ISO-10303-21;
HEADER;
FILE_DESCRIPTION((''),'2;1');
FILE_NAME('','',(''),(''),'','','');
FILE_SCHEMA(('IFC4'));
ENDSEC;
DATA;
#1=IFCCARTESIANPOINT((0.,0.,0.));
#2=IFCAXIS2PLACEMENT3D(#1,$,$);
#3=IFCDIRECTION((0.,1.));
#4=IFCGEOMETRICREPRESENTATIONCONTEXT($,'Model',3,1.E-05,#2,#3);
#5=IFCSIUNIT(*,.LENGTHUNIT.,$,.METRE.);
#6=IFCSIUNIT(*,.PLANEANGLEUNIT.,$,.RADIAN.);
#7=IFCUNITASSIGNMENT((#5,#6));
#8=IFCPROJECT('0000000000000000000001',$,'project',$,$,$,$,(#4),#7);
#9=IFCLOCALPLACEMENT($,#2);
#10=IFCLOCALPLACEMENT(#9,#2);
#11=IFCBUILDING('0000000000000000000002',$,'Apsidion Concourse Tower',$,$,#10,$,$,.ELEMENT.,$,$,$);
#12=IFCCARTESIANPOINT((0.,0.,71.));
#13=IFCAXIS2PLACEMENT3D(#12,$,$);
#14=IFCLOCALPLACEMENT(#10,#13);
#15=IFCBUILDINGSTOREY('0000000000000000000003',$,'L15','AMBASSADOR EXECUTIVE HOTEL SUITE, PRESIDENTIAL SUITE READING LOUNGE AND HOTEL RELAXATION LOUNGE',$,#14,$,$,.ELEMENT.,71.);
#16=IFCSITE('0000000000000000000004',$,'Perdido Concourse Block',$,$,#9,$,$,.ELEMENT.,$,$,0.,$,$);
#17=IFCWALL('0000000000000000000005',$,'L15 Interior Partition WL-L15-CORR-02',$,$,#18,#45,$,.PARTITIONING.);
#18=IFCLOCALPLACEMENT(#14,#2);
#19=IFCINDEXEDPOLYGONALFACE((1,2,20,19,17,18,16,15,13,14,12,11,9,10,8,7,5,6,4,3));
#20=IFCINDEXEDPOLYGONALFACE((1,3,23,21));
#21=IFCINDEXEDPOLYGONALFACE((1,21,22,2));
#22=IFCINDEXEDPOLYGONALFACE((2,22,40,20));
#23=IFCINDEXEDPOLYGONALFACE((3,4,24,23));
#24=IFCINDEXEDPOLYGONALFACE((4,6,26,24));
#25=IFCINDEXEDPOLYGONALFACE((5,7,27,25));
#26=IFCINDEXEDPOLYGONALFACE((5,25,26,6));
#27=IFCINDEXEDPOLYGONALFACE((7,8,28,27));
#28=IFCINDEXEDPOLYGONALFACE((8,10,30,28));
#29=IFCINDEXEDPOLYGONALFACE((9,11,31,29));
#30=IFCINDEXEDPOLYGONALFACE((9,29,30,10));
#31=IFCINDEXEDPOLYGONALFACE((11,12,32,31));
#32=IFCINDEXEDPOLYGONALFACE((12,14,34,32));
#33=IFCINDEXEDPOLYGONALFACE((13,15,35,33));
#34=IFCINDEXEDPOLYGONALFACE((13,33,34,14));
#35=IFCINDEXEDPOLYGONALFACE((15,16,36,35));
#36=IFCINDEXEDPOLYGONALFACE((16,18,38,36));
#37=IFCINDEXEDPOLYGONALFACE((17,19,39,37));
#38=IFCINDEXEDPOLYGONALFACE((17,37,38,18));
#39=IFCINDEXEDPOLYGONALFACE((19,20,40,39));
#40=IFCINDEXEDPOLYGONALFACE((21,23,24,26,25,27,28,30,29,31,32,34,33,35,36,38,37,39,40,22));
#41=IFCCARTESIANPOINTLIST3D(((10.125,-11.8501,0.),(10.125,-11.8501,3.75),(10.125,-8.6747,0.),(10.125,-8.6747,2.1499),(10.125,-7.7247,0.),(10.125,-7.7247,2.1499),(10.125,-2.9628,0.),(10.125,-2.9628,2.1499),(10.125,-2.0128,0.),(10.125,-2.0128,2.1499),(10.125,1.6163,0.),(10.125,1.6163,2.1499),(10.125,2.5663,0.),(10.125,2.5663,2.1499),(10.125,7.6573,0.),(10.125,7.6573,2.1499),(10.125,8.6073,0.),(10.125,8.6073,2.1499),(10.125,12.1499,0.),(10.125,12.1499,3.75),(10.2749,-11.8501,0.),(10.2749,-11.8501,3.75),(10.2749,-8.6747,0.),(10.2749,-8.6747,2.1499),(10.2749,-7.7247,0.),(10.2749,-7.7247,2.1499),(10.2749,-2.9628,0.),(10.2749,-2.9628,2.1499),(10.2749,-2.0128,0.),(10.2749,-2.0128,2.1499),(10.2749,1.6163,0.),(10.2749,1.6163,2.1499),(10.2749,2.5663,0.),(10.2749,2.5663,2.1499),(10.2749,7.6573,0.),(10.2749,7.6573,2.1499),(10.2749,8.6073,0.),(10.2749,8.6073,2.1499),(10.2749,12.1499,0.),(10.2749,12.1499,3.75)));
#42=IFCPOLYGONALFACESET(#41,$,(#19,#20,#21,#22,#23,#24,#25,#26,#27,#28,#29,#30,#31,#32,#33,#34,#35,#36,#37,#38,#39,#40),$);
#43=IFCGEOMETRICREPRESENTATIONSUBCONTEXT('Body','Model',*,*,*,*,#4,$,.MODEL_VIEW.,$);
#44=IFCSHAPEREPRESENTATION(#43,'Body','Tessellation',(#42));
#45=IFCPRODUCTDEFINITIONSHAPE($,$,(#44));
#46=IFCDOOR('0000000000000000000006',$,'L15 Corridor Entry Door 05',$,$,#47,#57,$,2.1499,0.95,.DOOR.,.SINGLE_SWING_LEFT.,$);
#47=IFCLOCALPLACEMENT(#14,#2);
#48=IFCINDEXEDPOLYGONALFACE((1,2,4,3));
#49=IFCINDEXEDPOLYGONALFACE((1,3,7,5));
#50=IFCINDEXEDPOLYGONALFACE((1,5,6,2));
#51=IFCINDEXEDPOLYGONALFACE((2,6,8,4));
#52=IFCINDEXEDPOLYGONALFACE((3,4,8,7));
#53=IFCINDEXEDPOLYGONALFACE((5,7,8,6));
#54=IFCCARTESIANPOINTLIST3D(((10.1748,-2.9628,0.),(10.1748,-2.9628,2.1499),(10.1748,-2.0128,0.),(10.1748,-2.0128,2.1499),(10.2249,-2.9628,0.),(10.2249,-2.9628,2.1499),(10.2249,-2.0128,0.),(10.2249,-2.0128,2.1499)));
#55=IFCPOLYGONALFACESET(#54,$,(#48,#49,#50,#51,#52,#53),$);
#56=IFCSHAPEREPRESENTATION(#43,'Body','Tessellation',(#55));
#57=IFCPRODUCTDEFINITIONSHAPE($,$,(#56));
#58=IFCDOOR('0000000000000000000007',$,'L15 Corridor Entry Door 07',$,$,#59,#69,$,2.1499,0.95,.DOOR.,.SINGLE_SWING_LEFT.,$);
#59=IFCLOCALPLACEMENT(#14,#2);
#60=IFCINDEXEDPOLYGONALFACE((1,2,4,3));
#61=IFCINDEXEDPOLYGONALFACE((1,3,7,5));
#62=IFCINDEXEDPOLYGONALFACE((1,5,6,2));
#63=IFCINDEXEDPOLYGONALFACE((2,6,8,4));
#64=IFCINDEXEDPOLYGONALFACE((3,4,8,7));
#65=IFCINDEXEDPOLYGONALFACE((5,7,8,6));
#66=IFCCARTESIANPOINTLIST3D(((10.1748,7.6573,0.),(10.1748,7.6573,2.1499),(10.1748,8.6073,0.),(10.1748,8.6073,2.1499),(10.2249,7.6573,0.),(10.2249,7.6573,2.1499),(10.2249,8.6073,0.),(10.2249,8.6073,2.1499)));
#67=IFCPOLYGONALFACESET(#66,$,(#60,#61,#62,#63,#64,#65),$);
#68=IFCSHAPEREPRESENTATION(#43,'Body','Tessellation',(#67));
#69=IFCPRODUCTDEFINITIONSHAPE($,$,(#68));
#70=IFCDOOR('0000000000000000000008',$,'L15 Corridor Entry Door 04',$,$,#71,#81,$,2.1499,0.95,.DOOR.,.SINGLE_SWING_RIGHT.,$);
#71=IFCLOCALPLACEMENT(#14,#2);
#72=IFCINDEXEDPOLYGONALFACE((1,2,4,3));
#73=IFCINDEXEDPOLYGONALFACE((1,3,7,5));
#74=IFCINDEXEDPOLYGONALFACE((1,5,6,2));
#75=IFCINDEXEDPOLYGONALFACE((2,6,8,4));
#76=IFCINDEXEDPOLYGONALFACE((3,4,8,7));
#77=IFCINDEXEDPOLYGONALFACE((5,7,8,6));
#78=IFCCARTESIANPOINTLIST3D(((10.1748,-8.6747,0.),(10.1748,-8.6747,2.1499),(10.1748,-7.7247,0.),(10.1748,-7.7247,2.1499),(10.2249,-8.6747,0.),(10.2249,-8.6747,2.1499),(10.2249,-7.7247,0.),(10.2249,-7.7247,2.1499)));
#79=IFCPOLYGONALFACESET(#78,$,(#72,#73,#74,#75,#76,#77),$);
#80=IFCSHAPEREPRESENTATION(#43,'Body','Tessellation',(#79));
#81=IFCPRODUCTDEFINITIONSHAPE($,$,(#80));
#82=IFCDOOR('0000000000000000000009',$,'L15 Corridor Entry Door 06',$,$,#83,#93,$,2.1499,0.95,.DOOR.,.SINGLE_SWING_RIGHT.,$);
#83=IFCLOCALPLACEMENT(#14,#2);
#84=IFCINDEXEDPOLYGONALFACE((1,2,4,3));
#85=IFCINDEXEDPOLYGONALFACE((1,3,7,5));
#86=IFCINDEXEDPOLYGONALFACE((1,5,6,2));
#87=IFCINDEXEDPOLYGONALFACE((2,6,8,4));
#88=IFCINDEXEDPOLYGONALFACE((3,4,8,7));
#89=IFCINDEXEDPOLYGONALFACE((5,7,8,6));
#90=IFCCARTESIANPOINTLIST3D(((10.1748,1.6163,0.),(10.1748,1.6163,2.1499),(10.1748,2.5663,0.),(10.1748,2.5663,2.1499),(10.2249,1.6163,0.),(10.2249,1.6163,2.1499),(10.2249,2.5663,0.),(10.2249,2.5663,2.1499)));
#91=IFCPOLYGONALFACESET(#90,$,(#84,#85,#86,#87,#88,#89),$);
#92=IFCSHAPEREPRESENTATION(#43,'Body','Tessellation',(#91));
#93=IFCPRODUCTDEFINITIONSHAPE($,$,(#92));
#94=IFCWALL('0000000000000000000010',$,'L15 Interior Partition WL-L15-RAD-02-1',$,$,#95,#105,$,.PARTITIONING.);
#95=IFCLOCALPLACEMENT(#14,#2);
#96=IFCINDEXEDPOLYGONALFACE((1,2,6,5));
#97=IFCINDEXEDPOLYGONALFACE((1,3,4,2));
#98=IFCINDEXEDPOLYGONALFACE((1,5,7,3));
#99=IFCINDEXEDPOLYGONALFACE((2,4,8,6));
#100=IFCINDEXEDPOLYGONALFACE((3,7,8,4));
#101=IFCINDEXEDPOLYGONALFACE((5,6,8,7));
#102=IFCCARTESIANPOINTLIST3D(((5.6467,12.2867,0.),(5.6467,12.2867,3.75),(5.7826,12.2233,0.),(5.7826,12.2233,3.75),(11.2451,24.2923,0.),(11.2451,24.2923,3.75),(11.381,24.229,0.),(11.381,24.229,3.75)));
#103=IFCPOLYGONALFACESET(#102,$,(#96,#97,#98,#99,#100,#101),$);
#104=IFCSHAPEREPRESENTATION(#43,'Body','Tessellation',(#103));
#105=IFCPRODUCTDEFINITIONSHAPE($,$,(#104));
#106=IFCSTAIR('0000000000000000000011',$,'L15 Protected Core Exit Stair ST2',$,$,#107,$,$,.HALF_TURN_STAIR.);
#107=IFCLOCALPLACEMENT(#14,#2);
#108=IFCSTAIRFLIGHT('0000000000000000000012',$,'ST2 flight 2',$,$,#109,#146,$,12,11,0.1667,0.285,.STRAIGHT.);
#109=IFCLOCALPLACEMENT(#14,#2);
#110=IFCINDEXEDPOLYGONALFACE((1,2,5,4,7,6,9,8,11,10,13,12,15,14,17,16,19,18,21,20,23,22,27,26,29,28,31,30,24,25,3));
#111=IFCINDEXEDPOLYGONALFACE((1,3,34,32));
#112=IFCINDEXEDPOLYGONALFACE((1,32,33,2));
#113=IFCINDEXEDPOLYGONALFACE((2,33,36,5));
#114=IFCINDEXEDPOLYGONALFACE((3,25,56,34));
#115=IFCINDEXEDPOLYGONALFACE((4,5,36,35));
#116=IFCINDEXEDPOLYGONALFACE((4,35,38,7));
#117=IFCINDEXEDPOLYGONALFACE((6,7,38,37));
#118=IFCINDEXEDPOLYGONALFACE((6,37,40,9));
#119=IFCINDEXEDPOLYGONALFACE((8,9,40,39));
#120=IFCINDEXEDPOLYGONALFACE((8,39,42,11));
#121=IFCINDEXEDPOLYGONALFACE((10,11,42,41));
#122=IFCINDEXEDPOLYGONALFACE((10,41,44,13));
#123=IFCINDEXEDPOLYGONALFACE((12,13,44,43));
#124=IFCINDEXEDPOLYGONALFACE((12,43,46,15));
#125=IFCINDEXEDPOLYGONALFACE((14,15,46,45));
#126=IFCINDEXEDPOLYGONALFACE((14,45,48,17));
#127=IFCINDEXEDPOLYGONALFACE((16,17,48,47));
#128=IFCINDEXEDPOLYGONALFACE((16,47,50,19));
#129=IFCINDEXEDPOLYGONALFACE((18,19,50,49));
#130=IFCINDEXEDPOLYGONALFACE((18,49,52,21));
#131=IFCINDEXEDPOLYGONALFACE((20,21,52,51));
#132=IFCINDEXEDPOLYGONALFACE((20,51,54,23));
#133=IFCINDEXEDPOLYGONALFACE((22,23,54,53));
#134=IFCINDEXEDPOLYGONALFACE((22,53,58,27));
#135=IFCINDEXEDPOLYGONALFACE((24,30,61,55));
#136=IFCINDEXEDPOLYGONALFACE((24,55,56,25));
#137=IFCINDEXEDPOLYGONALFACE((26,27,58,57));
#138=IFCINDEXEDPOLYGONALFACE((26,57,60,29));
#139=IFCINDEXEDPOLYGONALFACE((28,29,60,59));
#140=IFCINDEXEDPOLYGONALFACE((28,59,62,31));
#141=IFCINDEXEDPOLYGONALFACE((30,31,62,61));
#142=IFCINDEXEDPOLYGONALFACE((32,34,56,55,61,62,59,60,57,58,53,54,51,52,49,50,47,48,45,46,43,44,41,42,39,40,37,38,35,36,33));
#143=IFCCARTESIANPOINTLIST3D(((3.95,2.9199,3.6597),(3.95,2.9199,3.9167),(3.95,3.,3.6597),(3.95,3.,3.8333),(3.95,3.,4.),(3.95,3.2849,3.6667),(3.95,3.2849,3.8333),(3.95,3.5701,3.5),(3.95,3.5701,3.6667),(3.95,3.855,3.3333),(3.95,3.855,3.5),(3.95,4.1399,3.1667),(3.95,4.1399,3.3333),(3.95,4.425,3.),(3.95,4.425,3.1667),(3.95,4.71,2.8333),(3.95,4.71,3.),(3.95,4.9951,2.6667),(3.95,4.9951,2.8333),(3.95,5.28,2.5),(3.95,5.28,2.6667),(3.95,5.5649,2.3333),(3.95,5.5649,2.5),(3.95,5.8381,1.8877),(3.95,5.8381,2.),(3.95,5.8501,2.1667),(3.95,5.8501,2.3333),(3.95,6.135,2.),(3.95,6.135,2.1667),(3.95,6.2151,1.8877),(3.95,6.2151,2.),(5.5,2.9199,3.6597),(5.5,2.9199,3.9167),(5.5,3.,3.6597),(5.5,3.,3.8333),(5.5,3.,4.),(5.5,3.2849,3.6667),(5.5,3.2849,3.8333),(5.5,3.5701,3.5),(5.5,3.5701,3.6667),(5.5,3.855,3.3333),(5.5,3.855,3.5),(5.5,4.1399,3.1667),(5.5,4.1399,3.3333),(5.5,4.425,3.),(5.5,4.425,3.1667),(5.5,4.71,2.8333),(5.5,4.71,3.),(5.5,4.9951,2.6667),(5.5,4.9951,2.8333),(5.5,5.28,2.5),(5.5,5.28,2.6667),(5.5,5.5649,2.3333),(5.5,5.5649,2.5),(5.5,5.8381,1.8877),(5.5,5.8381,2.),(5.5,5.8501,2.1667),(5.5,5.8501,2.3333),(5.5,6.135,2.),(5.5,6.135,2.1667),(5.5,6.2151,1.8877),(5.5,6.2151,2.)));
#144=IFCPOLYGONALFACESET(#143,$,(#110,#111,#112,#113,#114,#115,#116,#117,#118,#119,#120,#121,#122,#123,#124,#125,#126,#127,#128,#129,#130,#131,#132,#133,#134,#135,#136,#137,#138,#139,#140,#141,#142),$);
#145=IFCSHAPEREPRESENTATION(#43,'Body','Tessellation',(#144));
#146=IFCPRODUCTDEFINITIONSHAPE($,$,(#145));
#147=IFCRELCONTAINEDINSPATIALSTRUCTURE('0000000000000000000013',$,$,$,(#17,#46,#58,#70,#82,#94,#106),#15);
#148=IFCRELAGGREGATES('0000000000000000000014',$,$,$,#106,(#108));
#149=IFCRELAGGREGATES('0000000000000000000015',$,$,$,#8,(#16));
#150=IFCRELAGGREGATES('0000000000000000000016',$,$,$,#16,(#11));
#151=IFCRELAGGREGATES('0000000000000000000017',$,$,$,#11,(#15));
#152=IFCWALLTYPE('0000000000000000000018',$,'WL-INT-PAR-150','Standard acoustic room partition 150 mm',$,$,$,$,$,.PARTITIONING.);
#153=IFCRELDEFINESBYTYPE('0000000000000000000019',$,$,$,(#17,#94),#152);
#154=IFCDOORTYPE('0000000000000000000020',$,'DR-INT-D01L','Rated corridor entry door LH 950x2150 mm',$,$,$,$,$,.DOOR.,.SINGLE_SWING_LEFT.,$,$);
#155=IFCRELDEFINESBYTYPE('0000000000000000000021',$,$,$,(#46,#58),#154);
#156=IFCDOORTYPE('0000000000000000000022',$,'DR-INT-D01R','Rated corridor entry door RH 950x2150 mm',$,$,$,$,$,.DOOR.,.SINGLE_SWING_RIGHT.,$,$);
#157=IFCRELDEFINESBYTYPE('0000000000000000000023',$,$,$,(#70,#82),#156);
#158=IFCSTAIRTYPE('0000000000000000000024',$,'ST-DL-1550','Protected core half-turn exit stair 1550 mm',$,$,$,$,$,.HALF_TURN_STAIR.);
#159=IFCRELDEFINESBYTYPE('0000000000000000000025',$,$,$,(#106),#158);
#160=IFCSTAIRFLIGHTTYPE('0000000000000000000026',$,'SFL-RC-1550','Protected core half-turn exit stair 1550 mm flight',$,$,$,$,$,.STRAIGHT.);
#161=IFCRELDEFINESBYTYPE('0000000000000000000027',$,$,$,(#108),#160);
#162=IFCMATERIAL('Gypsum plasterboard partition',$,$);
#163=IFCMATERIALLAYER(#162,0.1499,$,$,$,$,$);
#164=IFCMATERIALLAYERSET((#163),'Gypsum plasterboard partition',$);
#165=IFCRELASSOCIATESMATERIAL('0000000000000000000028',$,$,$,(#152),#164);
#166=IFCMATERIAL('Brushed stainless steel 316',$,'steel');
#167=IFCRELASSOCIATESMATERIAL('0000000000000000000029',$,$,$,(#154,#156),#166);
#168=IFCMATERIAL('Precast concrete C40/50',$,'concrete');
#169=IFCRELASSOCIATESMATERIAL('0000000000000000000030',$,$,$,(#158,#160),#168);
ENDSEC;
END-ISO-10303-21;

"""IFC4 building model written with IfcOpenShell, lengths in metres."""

from ifc_helpers import new_model, si_unit, direction, frame, frame_2d, origin, place, context, subcontext, project, spatial, polyline, rectangle, outline, extrude, material, layer, layer_set, type_object, element, fill, aggregate, save


model = new_model("IFC4")

# Units and contexts
model_context = context("Model", 3, precision=1e-05, world=origin(), true_north=direction((0.0, 1.0)))
body_context = subcontext(model_context, "Body", "Model", "MODEL_VIEW")
ifc_project = project(units=[si_unit("LENGTHUNIT", "METRE"), si_unit("PLANEANGLEUNIT", "RADIAN")], contexts=[model_context])

# Site, building, storey
site_placement = place(None, origin())
site = spatial("IfcSite", under=ifc_project, at=site_placement, Name="Perdido Concourse Block", CompositionType="ELEMENT", RefElevation=0.0)
building_placement = place(site_placement, origin())
building = spatial("IfcBuilding", under=site, at=building_placement, Name="Apsidion Concourse Tower", CompositionType="ELEMENT")
storey_placement = place(building_placement, frame((0.0, 0.0, 71.0)))
storey = spatial("IfcBuildingStorey", under=building, at=storey_placement, Name="L15", Description="AMBASSADOR EXECUTIVE HOTEL SUITE, PRESIDENTIAL SUITE READING LOUNGE AND HOTEL RELAXATION LOUNGE", CompositionType="ELEMENT", Elevation=71.0)

# Shared definitions
ifc_material_1 = material(Name="Gypsum plasterboard partition")

# Wall, openings, doors
ifc_layer_1 = layer(ifc_material_1, 0.1499)
ifc_layer_set_1 = layer_set([ifc_layer_1], Name="Gypsum plasterboard partition")
wall_type_1 = type_object("IfcWallType", Name="WL-INT-PAR-150", Description="Standard acoustic room partition 150 mm", PredefinedType="PARTITIONING", material=ifc_layer_set_1)
wall_1_placement = place(storey_placement, frame((10.2, 12.1499, 0.0), z_axis=(0.0, 0.0, 1.0), x_axis=(0.0, -1.0, 0.0)))
wall_1 = element("IfcWall", 1, at=wall_1_placement, inside=storey, type_object=wall_type_1, Name="L15 Interior Partition WL-L15-CORR-02", PredefinedType="PARTITIONING", context=body_context, shape_type="SweptSolid", body=[
    extrude(rectangle(XDim=24.0, YDim=0.1499, at=frame_2d((12.0, 0.0))), origin(), (0.0, 0.0, 1.0), 3.75),
])
opening_1_placement = place(wall_1_placement, frame((19.8745, 0.0, 0.0)))
opening_1 = element("IfcOpeningElement", 2, at=opening_1_placement, cuts=wall_1, PredefinedType="OPENING", context=body_context, shape_type="SweptSolid", body=[
    extrude(rectangle(XDim=0.95, YDim=2.1499, at=frame_2d((0.4751, 1.075))), frame((0.0, 0.085, 0.0), z_axis=(0.0, -1.0, 0.0), x_axis=(1.0, 0.0, 0.0)), (0.0, 0.0, 1.0), 0.1699),
])
opening_2_placement = place(wall_1_placement, frame((14.1626, 0.0, 0.0)))
opening_2 = element("IfcOpeningElement", 3, at=opening_2_placement, cuts=wall_1, PredefinedType="OPENING", context=body_context, shape_type="SweptSolid", body=[
    extrude(rectangle(XDim=0.95, YDim=2.1499, at=frame_2d((0.4751, 1.075))), frame((0.0, 0.085, 0.0), z_axis=(0.0, -1.0, 0.0), x_axis=(1.0, 0.0, 0.0)), (0.0, 0.0, 1.0), 0.1699),
])
opening_3_placement = place(wall_1_placement, frame((9.5835, 0.0, 0.0)))
opening_3 = element("IfcOpeningElement", 4, at=opening_3_placement, cuts=wall_1, PredefinedType="OPENING", context=body_context, shape_type="SweptSolid", body=[
    extrude(rectangle(XDim=0.95, YDim=2.1499, at=frame_2d((0.4751, 1.075))), frame((0.0, 0.085, 0.0), z_axis=(0.0, -1.0, 0.0), x_axis=(1.0, 0.0, 0.0)), (0.0, 0.0, 1.0), 0.1699),
])
opening_4_placement = place(wall_1_placement, frame((3.5425, 0.0, 0.0)))
opening_4 = element("IfcOpeningElement", 5, at=opening_4_placement, cuts=wall_1, PredefinedType="OPENING", context=body_context, shape_type="SweptSolid", body=[
    extrude(rectangle(XDim=0.95, YDim=2.1499, at=frame_2d((0.4751, 1.075))), frame((0.0, 0.085, 0.0), z_axis=(0.0, -1.0, 0.0), x_axis=(1.0, 0.0, 0.0)), (0.0, 0.0, 1.0), 0.1699),
])
ifc_material_2 = material(Name="Brushed stainless steel 316", Category="steel")
door_type_1 = type_object("IfcDoorType", Name="DR-INT-D01L", Description="Rated corridor entry door LH 950x2150 mm", OperationType="SINGLE_SWING_LEFT", PredefinedType="DOOR", material=ifc_material_2)
door_1_placement = place(opening_2_placement, origin())
door_1 = element("IfcDoor", 6, at=door_1_placement, inside=storey, type_object=door_type_1, Name="L15 Corridor Entry Door 05", OperationType="SINGLE_SWING_LEFT", OverallHeight=2.1499, OverallWidth=0.95, PredefinedType="DOOR", context=body_context, shape_type="SweptSolid", body=[
    extrude(rectangle(XDim=0.95, YDim=2.1499, at=frame_2d((0.4751, 1.075))), frame((0.0, 0.0249, 0.0), z_axis=(0.0, -1.0, 0.0), x_axis=(1.0, 0.0, 0.0)), (0.0, 0.0, 1.0), 0.05),
])
fill(opening_2, door_1)
door_2_placement = place(opening_4_placement, origin())
door_2 = element("IfcDoor", 7, at=door_2_placement, inside=storey, type_object=door_type_1, Name="L15 Corridor Entry Door 07", OperationType="SINGLE_SWING_LEFT", OverallHeight=2.1499, OverallWidth=0.95, PredefinedType="DOOR", context=body_context, shape_type="SweptSolid", body=[
    extrude(rectangle(XDim=0.95, YDim=2.1499, at=frame_2d((0.4751, 1.075))), frame((0.0, 0.0249, 0.0), z_axis=(0.0, -1.0, 0.0), x_axis=(1.0, 0.0, 0.0)), (0.0, 0.0, 1.0), 0.05),
])
fill(opening_4, door_2)
door_type_2 = type_object("IfcDoorType", Name="DR-INT-D01R", Description="Rated corridor entry door RH 950x2150 mm", OperationType="SINGLE_SWING_RIGHT", PredefinedType="DOOR", material=ifc_material_2)
door_3_placement = place(opening_1_placement, origin())
door_3 = element("IfcDoor", 8, at=door_3_placement, inside=storey, type_object=door_type_2, Name="L15 Corridor Entry Door 04", OperationType="SINGLE_SWING_RIGHT", OverallHeight=2.1499, OverallWidth=0.95, PredefinedType="DOOR", context=body_context, shape_type="SweptSolid", body=[
    extrude(rectangle(XDim=0.95, YDim=2.1499, at=frame_2d((0.4751, 1.075))), frame((0.0, 0.0249, 0.0), z_axis=(0.0, -1.0, 0.0), x_axis=(1.0, 0.0, 0.0)), (0.0, 0.0, 1.0), 0.05),
])
fill(opening_1, door_3)
door_4_placement = place(opening_3_placement, origin())
door_4 = element("IfcDoor", 9, at=door_4_placement, inside=storey, type_object=door_type_2, Name="L15 Corridor Entry Door 06", OperationType="SINGLE_SWING_RIGHT", OverallHeight=2.1499, OverallWidth=0.95, PredefinedType="DOOR", context=body_context, shape_type="SweptSolid", body=[
    extrude(rectangle(XDim=0.95, YDim=2.1499, at=frame_2d((0.4751, 1.075))), frame((0.0, 0.0249, 0.0), z_axis=(0.0, -1.0, 0.0), x_axis=(1.0, 0.0, 0.0)), (0.0, 0.0, 1.0), 0.05),
])
fill(opening_3, door_4)

# Wall
wall_2_placement = place(storey_placement, frame((5.7146, 12.2549, 0.0), z_axis=(0.0, 0.0, 1.0), x_axis=(0.422623, 0.906306, 0.0)))
element("IfcWall", 10, at=wall_2_placement, inside=storey, type_object=wall_type_1, Name="L15 Interior Partition WL-L15-RAD-02-1", PredefinedType="PARTITIONING", context=body_context, shape_type="SweptSolid", body=[
    extrude(rectangle(XDim=13.2468, YDim=0.1499, at=frame_2d((6.6235, 0.0))), origin(), (0.0, 0.0, 1.0), 3.75),
])

# Stair, stair flight
ifc_material_3 = material(Name="Precast concrete C40/50", Category="concrete")
stair_type = type_object("IfcStairType", Name="ST-DL-1550", Description="Protected core half-turn exit stair 1550 mm", PredefinedType="HALF_TURN_STAIR", material=ifc_material_3)
stair_placement = place(storey_placement, origin())
stair = element("IfcStair", 11, at=stair_placement, inside=storey, type_object=stair_type, Name="L15 Protected Core Exit Stair ST2", PredefinedType="HALF_TURN_STAIR")
stair_flight_type = type_object("IfcStairFlightType", Name="SFL-RC-1550", Description="Protected core half-turn exit stair 1550 mm flight", PredefinedType="STRAIGHT", material=ifc_material_3)
stair_flight_placement = place(storey_placement, frame((4.7251, 6.135, 2.0), z_axis=(0.0, 0.0, 1.0), x_axis=(0.0, -1.0, 0.0)))
stair_flight = element("IfcStairFlight", 12, at=stair_flight_placement, type_object=stair_flight_type, Name="ST2 flight 2", NumberOfRisers=12, NumberOfTreads=11, PredefinedType="STRAIGHT", RiserHeight=0.1667, TreadLength=0.285, context=body_context, shape_type="SweptSolid", body=[
    extrude(outline(polyline([(-0.0801, -0.1123), (-0.0801, 0.0), (0.0, 0.0), (0.0, 0.1667), (0.2849, 0.1667), (0.2849, 0.3333), (0.5701, 0.3333), (0.5701, 0.5), (0.855, 0.5), (0.855, 0.6667), (1.1399, 0.6667), (1.1399, 0.8333), (1.425, 0.8333), (1.425, 1.0), (1.71, 1.0), (1.71, 1.1667), (1.9951, 1.1667), (1.9951, 1.3333), (2.28, 1.3333), (2.28, 1.5), (2.5649, 1.5), (2.5649, 1.6667), (2.8501, 1.6667), (2.8501, 1.8333), (3.135, 1.8333), (3.135, 2.0), (3.2151, 1.9167), (3.2151, 1.6597), (3.135, 1.6597), (0.2969, 0.0), (0.2969, -0.1123), (-0.0801, -0.1123)])), frame((0.0, 0.7749, 0.0), z_axis=(0.0, -1.0, 0.0), x_axis=(1.0, 0.0, 0.0)), (0.0, 0.0, 1.0), 1.55),
])
aggregate(stair, [stair_flight])

save(model, "model.ifc")
